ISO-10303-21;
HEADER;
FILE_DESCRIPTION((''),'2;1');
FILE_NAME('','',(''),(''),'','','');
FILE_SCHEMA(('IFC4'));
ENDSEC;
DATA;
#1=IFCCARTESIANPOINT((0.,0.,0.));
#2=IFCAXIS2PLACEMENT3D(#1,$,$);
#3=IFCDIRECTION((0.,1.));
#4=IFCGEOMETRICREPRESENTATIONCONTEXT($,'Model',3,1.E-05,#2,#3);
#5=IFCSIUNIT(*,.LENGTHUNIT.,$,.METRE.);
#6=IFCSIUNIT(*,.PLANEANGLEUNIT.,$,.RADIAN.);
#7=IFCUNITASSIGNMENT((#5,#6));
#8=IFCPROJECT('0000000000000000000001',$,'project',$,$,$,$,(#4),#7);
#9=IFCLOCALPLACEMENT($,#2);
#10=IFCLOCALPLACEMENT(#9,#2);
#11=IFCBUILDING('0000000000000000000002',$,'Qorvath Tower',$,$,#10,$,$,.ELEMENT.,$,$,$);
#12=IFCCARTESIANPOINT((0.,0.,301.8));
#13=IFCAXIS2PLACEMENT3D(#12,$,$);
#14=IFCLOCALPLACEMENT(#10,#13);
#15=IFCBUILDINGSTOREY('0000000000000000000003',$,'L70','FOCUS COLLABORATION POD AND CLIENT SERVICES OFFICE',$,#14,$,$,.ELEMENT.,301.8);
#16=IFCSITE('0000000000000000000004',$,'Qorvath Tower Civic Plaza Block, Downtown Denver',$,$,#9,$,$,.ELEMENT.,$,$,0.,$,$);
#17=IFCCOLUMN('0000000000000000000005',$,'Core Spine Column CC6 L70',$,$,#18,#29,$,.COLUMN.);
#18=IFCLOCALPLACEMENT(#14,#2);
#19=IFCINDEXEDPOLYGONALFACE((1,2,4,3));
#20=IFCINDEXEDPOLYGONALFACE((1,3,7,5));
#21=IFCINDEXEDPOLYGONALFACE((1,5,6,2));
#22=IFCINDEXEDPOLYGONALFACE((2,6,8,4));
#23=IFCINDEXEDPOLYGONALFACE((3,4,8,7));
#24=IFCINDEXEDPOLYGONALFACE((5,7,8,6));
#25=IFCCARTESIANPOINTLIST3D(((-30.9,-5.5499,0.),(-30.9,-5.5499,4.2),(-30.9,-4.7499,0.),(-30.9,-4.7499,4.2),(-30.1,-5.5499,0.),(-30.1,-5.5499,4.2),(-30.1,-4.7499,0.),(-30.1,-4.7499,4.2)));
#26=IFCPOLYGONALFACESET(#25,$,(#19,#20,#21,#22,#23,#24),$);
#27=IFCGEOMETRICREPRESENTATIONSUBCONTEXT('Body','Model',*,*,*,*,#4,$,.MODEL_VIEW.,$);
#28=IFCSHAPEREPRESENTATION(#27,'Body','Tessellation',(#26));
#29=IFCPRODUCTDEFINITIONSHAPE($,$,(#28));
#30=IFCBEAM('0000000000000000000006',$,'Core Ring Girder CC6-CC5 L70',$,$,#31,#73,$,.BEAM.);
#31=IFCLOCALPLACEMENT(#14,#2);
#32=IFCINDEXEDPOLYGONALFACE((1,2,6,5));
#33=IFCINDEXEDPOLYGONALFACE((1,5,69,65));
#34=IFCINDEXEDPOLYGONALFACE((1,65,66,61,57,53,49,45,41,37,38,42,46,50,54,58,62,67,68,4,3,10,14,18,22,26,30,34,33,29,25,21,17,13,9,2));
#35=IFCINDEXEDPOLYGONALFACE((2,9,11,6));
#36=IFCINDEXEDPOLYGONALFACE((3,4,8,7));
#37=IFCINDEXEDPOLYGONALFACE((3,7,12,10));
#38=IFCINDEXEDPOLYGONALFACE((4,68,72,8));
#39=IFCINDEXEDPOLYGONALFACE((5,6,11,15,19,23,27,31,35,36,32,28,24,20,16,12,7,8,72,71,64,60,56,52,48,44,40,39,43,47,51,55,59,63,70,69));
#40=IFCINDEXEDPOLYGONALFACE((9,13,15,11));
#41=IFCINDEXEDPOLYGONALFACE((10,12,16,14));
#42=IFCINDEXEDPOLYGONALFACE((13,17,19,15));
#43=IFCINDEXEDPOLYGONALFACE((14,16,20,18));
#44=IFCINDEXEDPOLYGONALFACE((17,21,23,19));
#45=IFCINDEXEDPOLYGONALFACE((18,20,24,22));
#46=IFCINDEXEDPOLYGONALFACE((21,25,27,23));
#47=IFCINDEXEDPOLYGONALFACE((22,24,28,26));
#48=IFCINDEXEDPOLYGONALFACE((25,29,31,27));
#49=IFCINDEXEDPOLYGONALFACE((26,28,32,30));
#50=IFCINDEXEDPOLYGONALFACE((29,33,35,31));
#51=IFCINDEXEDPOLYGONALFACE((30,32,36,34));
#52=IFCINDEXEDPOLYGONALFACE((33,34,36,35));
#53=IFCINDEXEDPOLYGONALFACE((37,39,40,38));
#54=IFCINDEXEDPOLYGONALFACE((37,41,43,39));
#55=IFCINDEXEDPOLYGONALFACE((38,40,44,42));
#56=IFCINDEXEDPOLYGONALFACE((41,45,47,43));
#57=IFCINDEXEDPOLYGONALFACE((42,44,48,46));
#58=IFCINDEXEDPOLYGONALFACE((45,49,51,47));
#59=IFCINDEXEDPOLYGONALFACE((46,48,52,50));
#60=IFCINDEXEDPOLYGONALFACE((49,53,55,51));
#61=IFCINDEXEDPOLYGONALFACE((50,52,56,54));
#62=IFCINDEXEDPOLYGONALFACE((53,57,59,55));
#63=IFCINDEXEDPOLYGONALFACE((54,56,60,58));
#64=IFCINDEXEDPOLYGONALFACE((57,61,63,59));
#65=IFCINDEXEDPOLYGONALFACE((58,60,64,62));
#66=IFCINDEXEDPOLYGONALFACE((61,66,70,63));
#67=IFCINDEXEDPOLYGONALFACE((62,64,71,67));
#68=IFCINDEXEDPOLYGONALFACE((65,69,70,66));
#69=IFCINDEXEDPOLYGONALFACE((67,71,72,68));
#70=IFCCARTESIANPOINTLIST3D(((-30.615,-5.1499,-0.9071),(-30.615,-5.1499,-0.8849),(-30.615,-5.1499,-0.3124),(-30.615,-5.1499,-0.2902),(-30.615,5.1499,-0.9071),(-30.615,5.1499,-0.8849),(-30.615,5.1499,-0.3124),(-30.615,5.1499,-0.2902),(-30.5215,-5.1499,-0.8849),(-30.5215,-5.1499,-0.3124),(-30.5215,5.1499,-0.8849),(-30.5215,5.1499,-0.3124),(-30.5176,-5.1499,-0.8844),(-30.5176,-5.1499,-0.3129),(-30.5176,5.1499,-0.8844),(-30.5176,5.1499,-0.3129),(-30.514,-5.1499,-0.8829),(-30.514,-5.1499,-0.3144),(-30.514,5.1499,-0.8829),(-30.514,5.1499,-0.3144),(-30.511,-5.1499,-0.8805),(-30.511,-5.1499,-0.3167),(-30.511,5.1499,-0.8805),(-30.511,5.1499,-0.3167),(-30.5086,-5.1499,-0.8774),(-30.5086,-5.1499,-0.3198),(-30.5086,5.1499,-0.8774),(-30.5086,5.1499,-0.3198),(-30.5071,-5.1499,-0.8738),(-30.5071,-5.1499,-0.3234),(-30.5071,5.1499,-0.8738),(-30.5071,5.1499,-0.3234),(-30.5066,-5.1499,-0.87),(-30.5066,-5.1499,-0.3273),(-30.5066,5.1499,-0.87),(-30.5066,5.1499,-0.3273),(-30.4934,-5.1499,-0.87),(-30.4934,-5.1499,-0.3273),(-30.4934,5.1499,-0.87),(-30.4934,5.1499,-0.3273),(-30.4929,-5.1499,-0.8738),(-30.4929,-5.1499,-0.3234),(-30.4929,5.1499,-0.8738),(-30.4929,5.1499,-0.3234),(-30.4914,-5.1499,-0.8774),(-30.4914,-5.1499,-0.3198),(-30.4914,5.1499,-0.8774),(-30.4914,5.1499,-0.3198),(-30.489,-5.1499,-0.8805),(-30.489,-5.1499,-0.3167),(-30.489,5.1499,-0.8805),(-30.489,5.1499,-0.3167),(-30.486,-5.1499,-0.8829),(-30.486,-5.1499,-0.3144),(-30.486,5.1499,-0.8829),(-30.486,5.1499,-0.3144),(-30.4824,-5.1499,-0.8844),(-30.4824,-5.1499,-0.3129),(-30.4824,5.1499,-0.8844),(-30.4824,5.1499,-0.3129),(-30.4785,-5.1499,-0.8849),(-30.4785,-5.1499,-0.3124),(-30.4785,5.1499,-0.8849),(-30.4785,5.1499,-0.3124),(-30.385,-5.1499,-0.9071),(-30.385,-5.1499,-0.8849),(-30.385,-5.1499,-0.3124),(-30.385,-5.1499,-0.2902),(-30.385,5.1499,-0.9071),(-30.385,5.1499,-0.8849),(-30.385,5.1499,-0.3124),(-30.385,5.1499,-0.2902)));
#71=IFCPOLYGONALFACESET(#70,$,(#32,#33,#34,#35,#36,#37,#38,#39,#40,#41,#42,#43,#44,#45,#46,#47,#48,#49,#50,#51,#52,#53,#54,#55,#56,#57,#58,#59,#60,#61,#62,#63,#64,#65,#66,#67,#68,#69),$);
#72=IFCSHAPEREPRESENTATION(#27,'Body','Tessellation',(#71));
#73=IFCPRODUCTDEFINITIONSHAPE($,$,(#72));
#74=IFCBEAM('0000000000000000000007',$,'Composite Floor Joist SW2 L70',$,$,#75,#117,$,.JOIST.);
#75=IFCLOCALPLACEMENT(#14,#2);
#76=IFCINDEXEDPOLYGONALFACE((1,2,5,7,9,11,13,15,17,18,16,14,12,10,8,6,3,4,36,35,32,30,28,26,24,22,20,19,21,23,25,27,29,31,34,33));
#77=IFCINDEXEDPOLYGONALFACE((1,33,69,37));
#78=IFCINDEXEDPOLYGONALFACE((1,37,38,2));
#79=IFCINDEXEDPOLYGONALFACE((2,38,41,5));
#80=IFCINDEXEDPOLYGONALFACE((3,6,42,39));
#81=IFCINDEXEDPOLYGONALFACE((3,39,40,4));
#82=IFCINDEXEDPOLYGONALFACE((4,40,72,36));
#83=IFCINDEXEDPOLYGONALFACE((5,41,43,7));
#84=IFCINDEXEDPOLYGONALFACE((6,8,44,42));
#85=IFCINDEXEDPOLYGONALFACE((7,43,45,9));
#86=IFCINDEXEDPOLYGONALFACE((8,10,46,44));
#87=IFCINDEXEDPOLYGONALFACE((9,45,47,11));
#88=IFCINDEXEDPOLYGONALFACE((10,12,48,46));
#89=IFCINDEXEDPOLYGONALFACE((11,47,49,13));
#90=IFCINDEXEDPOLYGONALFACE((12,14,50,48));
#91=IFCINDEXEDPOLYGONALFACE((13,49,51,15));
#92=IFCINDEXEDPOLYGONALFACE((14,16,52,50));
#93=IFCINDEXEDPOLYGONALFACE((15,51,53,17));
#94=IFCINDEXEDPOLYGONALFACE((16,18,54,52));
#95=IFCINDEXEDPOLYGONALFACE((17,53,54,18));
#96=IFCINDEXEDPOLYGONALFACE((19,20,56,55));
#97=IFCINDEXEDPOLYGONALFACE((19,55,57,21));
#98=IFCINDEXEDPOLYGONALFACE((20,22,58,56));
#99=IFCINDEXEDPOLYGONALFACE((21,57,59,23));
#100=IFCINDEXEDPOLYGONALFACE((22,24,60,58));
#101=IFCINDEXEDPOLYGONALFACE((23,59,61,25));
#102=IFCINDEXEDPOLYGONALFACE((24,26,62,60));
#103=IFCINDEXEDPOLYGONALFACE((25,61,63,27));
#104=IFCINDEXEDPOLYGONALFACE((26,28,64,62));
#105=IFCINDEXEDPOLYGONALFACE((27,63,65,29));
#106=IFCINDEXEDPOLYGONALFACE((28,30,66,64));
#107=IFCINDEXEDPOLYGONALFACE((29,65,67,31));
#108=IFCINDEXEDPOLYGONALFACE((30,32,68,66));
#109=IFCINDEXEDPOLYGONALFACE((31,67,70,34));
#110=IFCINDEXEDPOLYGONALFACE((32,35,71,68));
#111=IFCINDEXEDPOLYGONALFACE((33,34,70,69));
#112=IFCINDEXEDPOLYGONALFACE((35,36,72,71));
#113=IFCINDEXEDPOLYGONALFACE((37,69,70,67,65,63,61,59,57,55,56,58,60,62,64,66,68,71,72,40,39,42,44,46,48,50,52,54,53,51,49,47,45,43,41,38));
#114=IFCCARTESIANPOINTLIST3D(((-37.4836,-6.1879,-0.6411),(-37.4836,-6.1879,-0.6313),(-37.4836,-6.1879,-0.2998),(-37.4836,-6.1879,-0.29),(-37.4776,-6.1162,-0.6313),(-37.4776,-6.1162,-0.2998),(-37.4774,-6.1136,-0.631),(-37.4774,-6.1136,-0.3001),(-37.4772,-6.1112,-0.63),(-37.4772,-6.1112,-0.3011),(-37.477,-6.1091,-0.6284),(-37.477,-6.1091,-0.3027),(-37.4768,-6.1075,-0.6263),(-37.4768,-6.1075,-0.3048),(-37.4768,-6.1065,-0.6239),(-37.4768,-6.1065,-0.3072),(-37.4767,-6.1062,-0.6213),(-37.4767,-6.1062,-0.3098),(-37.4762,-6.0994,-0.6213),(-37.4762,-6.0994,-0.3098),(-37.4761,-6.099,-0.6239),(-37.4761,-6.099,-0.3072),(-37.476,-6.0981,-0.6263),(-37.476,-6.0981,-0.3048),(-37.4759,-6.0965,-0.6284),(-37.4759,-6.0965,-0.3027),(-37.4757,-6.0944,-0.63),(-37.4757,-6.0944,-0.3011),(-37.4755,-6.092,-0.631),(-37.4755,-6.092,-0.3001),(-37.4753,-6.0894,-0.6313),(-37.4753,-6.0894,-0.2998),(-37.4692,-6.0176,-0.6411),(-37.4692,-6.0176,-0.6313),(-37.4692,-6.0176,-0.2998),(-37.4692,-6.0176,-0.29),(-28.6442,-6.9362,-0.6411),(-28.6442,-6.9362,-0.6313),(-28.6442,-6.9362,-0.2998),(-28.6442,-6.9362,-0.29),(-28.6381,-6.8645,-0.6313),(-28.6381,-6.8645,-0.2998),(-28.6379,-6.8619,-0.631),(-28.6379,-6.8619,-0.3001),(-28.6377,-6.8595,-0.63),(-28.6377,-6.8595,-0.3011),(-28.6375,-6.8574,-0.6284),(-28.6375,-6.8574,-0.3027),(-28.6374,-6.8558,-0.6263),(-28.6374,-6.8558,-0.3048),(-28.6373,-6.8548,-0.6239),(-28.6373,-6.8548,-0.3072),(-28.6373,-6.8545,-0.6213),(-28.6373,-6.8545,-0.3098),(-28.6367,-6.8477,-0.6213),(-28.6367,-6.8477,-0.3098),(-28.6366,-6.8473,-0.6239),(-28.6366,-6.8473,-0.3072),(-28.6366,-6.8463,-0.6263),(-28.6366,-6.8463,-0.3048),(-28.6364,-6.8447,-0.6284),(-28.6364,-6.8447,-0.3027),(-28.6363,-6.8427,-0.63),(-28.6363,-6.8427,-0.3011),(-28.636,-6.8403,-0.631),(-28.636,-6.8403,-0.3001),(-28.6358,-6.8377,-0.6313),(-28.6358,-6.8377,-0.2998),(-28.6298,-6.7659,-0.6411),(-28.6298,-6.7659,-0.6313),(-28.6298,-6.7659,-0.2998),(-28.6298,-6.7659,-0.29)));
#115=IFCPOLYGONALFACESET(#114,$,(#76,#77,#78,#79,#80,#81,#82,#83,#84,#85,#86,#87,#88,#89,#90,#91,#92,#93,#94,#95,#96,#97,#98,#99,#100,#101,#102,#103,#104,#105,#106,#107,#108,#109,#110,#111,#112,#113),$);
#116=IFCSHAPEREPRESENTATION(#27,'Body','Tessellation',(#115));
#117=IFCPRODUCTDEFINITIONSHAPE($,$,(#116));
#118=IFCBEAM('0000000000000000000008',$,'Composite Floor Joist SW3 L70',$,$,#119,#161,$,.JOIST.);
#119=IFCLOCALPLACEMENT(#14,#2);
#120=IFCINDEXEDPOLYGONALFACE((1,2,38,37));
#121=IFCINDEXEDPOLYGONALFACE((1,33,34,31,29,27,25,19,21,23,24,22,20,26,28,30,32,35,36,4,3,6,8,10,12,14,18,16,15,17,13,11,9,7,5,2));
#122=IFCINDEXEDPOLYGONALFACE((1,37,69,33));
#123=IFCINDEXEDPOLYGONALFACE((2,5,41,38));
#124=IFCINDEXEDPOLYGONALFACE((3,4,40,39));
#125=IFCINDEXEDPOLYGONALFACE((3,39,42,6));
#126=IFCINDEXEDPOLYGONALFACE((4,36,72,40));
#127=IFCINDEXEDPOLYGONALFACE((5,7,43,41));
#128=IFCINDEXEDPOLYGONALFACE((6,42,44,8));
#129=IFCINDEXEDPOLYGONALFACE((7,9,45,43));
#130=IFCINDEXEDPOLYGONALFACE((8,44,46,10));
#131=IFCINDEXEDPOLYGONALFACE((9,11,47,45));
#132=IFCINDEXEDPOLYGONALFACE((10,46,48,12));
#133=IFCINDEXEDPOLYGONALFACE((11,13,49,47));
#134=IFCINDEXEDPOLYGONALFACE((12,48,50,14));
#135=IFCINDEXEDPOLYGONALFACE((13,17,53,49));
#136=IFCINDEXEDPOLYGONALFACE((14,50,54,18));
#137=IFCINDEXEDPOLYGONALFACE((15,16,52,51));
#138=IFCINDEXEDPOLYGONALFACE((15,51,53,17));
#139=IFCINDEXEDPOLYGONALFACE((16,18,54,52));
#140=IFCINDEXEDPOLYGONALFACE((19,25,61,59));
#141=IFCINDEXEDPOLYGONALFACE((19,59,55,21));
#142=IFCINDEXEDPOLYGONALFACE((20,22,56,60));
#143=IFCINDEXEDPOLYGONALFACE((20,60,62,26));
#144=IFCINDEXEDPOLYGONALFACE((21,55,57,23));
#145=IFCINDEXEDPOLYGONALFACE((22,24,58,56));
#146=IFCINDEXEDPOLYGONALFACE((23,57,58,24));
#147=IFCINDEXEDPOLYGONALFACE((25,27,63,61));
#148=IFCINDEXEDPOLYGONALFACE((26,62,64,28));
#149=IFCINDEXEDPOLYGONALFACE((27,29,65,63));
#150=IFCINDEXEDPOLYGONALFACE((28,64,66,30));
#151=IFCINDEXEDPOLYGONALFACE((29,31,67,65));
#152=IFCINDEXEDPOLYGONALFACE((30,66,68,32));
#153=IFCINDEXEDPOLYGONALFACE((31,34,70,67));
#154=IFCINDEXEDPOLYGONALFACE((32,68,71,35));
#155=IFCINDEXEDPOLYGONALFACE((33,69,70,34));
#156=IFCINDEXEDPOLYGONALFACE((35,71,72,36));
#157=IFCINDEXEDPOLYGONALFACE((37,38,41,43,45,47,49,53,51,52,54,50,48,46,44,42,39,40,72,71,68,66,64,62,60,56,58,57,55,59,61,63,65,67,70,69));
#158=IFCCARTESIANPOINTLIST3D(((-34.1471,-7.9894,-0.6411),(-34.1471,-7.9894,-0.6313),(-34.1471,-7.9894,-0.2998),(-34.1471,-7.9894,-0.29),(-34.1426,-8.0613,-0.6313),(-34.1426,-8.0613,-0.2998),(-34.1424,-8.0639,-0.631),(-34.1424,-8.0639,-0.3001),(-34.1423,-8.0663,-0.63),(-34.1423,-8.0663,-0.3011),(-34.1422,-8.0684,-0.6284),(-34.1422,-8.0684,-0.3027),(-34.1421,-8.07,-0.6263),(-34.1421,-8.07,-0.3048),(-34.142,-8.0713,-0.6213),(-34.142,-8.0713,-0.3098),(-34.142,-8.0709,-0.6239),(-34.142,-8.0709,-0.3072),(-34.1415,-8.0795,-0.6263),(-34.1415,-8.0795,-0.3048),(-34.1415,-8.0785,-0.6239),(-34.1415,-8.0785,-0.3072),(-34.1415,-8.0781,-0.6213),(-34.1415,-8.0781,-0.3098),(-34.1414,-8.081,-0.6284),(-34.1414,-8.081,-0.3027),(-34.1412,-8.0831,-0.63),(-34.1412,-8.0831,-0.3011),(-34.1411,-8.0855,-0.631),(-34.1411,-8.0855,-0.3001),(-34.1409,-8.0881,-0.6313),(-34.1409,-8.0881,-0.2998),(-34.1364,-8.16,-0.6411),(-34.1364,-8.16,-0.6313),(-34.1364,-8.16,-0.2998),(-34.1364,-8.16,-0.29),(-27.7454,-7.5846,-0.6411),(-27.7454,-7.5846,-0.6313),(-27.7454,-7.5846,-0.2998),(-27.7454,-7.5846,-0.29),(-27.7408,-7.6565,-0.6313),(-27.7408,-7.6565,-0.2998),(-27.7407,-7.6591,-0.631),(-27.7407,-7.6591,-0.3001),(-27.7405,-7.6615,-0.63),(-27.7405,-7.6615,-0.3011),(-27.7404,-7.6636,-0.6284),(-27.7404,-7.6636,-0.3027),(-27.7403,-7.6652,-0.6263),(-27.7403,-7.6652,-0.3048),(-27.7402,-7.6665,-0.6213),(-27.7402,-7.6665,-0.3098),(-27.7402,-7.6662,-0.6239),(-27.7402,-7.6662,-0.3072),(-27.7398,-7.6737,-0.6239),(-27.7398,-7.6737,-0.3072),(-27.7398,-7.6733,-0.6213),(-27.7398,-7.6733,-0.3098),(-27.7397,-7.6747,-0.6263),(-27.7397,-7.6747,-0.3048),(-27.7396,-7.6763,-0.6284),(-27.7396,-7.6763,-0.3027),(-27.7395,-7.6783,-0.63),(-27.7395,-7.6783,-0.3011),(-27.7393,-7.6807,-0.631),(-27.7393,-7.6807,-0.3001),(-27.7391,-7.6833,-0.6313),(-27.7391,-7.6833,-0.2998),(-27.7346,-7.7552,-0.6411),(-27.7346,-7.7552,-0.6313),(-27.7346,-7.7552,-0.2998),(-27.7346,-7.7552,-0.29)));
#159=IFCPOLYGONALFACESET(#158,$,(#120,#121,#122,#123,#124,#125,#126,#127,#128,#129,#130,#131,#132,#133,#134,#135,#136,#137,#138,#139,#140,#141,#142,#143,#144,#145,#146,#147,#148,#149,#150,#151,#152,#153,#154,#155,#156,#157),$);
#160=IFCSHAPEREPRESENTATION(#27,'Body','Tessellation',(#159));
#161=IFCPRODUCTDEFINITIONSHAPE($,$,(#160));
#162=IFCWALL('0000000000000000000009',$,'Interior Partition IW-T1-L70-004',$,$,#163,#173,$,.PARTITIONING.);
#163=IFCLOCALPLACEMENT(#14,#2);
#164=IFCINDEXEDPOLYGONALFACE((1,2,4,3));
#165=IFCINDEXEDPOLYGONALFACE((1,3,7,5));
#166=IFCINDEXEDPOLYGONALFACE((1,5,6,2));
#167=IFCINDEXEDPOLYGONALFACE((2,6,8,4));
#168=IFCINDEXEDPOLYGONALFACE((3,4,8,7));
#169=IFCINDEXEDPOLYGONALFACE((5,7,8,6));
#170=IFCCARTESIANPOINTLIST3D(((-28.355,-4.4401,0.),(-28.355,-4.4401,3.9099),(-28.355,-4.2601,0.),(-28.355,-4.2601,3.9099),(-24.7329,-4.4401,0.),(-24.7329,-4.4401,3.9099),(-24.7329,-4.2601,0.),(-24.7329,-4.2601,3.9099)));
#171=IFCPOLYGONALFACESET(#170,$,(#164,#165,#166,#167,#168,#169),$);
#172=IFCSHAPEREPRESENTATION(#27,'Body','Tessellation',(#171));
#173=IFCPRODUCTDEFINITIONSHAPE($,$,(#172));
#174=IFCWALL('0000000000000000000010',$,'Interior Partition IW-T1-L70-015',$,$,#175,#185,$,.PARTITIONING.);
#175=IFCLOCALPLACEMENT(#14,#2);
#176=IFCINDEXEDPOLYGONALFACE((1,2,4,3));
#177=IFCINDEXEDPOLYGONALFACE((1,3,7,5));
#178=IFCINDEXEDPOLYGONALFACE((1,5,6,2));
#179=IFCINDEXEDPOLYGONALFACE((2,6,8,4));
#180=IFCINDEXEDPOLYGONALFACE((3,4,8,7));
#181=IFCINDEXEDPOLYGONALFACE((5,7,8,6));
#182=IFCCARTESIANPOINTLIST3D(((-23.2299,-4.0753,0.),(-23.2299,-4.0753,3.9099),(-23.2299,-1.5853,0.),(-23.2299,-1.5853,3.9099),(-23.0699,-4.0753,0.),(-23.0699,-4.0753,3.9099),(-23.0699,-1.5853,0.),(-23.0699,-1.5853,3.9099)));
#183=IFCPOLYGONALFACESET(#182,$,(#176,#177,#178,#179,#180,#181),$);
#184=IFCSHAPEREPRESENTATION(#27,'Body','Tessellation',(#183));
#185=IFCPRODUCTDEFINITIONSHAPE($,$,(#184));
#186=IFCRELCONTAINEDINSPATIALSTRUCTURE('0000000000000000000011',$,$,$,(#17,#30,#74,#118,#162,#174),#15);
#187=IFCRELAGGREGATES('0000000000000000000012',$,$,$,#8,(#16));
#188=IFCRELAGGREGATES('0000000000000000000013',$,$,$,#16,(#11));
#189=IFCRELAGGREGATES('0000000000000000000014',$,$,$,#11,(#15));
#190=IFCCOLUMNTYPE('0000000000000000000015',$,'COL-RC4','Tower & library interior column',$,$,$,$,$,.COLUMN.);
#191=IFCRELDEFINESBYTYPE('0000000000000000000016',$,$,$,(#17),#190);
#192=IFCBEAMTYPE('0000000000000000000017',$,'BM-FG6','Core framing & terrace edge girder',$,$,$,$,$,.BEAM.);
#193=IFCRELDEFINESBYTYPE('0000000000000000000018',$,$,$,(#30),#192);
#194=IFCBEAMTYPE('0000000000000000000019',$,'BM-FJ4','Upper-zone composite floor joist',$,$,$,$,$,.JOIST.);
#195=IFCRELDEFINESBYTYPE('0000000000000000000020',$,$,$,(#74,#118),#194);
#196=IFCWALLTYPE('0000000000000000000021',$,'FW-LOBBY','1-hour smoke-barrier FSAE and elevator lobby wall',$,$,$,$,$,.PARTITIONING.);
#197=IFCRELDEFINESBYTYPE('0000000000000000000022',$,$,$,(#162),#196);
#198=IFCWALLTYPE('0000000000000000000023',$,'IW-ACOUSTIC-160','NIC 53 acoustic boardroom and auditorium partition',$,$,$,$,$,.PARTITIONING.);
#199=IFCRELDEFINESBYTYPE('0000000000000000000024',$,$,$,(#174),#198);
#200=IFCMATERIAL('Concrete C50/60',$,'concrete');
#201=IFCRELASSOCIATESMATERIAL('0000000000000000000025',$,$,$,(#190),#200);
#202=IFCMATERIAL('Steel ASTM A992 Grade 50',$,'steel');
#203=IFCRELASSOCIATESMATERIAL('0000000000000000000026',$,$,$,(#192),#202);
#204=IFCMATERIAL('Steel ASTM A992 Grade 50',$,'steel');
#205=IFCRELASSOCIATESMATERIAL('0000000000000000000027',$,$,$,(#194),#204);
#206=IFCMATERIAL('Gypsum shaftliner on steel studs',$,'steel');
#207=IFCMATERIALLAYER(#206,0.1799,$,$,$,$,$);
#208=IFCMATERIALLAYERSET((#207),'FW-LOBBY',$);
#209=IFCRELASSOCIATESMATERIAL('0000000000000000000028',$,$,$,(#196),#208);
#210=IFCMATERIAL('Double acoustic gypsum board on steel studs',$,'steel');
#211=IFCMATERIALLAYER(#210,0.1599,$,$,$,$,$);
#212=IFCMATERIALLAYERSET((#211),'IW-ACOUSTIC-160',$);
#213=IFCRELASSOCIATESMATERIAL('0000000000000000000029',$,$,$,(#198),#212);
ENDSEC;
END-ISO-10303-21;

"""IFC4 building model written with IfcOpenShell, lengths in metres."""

from ifc_helpers import new_model, si_unit, direction, frame, frame_2d, origin, origin_2d, place, context, subcontext, project, spatial, rectangle, i_section, extrude, material, layer, layer_set, material_profile, profile_set, type_object, element, save


model = new_model("IFC4")

# Units and contexts
model_context = context("Model", 3, precision=1e-05, world=origin(), true_north=direction((0.0, 1.0)))
body_context = subcontext(model_context, "Body", "Model", "MODEL_VIEW")
ifc_project = project(units=[si_unit("LENGTHUNIT", "METRE"), si_unit("PLANEANGLEUNIT", "RADIAN")], contexts=[model_context])

# Site, building, storey
site_placement = place(None, origin())
site = spatial("IfcSite", under=ifc_project, at=site_placement, Name="Qorvath Tower Civic Plaza Block, Downtown Denver", CompositionType="ELEMENT", RefElevation=0.0)
building_placement = place(site_placement, origin())
building = spatial("IfcBuilding", under=site, at=building_placement, Name="Qorvath Tower", CompositionType="ELEMENT")
storey_placement = place(building_placement, frame((0.0, 0.0, 301.8)))
storey = spatial("IfcBuildingStorey", under=building, at=storey_placement, Name="L70", Description="FOCUS COLLABORATION POD AND CLIENT SERVICES OFFICE", CompositionType="ELEMENT", Elevation=301.8)

# Column
ifc_material_1 = material(Name="Concrete C50/60", Category="concrete")
ifc_material_profile_1 = material_profile(ifc_material_1, rectangle(XDim=0.8, YDim=0.8, at=origin_2d()), Name="RC 800x800")
ifc_profile_set_1 = profile_set([ifc_material_profile_1], Name="Concrete C50/60")
column_type = type_object("IfcColumnType", Name="COL-RC4", Description="Tower & library interior column", PredefinedType="COLUMN", material=ifc_profile_set_1)
column_placement = place(storey_placement, frame((-30.5, -5.1499, 0.0), z_axis=(0.0, 0.0, 1.0), x_axis=(1.0, 0.0, 0.0)))
element("IfcColumn", 1, at=column_placement, inside=storey, type_object=column_type, Name="Core Spine Column CC6 L70", PredefinedType="COLUMN", context=body_context, shape_type="SweptSolid", body=[
    extrude(rectangle(XDim=0.8, YDim=0.8, at=origin_2d()), origin(), (0.0, 0.0, 1.0), 4.2),
])

# Beams
ifc_material_2 = material(Name="Steel ASTM A992 Grade 50", Category="steel")
ifc_material_profile_2 = material_profile(ifc_material_2, i_section(OverallWidth=0.23, OverallDepth=0.6169, WebThickness=0.0132, FlangeThickness=0.0222, FilletRadius=0.0149, at=origin_2d()), Name="W24x94")
ifc_profile_set_2 = profile_set([ifc_material_profile_2], Name="Steel ASTM A992 Grade 50")
beam_type_1 = type_object("IfcBeamType", Name="BM-FG6", Description="Core framing & terrace edge girder", PredefinedType="BEAM", material=ifc_profile_set_2)
beam_1_placement = place(storey_placement, frame((-30.5, -5.1499, -0.5986), z_axis=(0.0, 1.0, 0.0), x_axis=(-1.0, 0.0, 0.0)))
element("IfcBeam", 2, at=beam_1_placement, inside=storey, type_object=beam_type_1, Name="Core Ring Girder CC6-CC5 L70", PredefinedType="BEAM", context=body_context, shape_type="SweptSolid", body=[
    extrude(i_section(OverallWidth=0.23, OverallDepth=0.6169, WebThickness=0.0132, FlangeThickness=0.0222, FilletRadius=0.0149, at=origin_2d()), origin(), (0.0, 0.0, 1.0), 10.2998),
])
ifc_material_3 = material(Name="Steel ASTM A992 Grade 50", Category="steel")
ifc_material_profile_3 = material_profile(ifc_material_3, i_section(OverallWidth=0.1709, OverallDepth=0.3511, WebThickness=0.0068, FlangeThickness=0.0098, FilletRadius=0.01, at=origin_2d()), Name="W14x30")
ifc_profile_set_3 = profile_set([ifc_material_profile_3], Name="Steel ASTM A992 Grade 50")
beam_type_2 = type_object("IfcBeamType", Name="BM-FJ4", Description="Upper-zone composite floor joist", PredefinedType="JOIST", material=ifc_profile_set_3)
beam_2_placement = place(storey_placement, frame((-28.637, -6.8511, -0.4656), z_axis=(-0.996436, 0.08435, 0.0), x_axis=(-0.08435, -0.996436, 0.0)))
element("IfcBeam", 3, at=beam_2_placement, inside=storey, type_object=beam_type_2, Name="Composite Floor Joist SW2 L70", PredefinedType="JOIST", context=body_context, shape_type="SweptSolid", body=[
    extrude(i_section(OverallWidth=0.1709, OverallDepth=0.3511, WebThickness=0.0068, FlangeThickness=0.0098, FilletRadius=0.01, at=origin_2d()), origin(), (0.0, 0.0, 1.0), 8.8711),
])
beam_3_placement = place(storey_placement, frame((-27.74, -7.6699, -0.4656), z_axis=(-0.998007, -0.063103, 0.0), x_axis=(0.063103, -0.998007, 0.0)))
element("IfcBeam", 4, at=beam_3_placement, inside=storey, type_object=beam_type_2, Name="Composite Floor Joist SW3 L70", PredefinedType="JOIST", context=body_context, shape_type="SweptSolid", body=[
    extrude(i_section(OverallWidth=0.1709, OverallDepth=0.3511, WebThickness=0.0068, FlangeThickness=0.0098, FilletRadius=0.01, at=origin_2d()), origin(), (0.0, 0.0, 1.0), 6.4146),
])

# Walls
ifc_material_4 = material(Name="Gypsum shaftliner on steel studs", Category="steel")
ifc_layer_1 = layer(ifc_material_4, 0.1799)
ifc_layer_set_1 = layer_set([ifc_layer_1], Name="FW-LOBBY")
wall_type_1 = type_object("IfcWallType", Name="FW-LOBBY", Description="1-hour smoke-barrier FSAE and elevator lobby wall", PredefinedType="PARTITIONING", material=ifc_layer_set_1)
wall_1_placement = place(storey_placement, frame((-24.7329, -4.3501, 0.0), z_axis=(0.0, 0.0, 1.0), x_axis=(-1.0, 0.0, 0.0)))
element("IfcWall", 5, at=wall_1_placement, inside=storey, type_object=wall_type_1, Name="Interior Partition IW-T1-L70-004", PredefinedType="PARTITIONING", context=body_context, shape_type="SweptSolid", body=[
    extrude(rectangle(XDim=3.6221, YDim=0.1799, at=frame_2d((1.811, 0.0))), origin(), (0.0, 0.0, 1.0), 3.9099),
])
ifc_material_5 = material(Name="Double acoustic gypsum board on steel studs", Category="steel")
ifc_layer_2 = layer(ifc_material_5, 0.1599)
ifc_layer_set_2 = layer_set([ifc_layer_2], Name="IW-ACOUSTIC-160")
wall_type_2 = type_object("IfcWallType", Name="IW-ACOUSTIC-160", Description="NIC 53 acoustic boardroom and auditorium partition", PredefinedType="PARTITIONING", material=ifc_layer_set_2)
wall_2_placement = place(storey_placement, frame((-23.1499, -1.5852, 0.0), z_axis=(0.0, 0.0, 1.0), x_axis=(0.0, -1.0, 0.0)))
element("IfcWall", 6, at=wall_2_placement, inside=storey, type_object=wall_type_2, Name="Interior Partition IW-T1-L70-015", PredefinedType="PARTITIONING", context=body_context, shape_type="SweptSolid", body=[
    extrude(rectangle(XDim=2.49, YDim=0.1599, at=frame_2d((1.2451, 0.0))), origin(), (0.0, 0.0, 1.0), 3.9099),
])

save(model, "model.ifc")
